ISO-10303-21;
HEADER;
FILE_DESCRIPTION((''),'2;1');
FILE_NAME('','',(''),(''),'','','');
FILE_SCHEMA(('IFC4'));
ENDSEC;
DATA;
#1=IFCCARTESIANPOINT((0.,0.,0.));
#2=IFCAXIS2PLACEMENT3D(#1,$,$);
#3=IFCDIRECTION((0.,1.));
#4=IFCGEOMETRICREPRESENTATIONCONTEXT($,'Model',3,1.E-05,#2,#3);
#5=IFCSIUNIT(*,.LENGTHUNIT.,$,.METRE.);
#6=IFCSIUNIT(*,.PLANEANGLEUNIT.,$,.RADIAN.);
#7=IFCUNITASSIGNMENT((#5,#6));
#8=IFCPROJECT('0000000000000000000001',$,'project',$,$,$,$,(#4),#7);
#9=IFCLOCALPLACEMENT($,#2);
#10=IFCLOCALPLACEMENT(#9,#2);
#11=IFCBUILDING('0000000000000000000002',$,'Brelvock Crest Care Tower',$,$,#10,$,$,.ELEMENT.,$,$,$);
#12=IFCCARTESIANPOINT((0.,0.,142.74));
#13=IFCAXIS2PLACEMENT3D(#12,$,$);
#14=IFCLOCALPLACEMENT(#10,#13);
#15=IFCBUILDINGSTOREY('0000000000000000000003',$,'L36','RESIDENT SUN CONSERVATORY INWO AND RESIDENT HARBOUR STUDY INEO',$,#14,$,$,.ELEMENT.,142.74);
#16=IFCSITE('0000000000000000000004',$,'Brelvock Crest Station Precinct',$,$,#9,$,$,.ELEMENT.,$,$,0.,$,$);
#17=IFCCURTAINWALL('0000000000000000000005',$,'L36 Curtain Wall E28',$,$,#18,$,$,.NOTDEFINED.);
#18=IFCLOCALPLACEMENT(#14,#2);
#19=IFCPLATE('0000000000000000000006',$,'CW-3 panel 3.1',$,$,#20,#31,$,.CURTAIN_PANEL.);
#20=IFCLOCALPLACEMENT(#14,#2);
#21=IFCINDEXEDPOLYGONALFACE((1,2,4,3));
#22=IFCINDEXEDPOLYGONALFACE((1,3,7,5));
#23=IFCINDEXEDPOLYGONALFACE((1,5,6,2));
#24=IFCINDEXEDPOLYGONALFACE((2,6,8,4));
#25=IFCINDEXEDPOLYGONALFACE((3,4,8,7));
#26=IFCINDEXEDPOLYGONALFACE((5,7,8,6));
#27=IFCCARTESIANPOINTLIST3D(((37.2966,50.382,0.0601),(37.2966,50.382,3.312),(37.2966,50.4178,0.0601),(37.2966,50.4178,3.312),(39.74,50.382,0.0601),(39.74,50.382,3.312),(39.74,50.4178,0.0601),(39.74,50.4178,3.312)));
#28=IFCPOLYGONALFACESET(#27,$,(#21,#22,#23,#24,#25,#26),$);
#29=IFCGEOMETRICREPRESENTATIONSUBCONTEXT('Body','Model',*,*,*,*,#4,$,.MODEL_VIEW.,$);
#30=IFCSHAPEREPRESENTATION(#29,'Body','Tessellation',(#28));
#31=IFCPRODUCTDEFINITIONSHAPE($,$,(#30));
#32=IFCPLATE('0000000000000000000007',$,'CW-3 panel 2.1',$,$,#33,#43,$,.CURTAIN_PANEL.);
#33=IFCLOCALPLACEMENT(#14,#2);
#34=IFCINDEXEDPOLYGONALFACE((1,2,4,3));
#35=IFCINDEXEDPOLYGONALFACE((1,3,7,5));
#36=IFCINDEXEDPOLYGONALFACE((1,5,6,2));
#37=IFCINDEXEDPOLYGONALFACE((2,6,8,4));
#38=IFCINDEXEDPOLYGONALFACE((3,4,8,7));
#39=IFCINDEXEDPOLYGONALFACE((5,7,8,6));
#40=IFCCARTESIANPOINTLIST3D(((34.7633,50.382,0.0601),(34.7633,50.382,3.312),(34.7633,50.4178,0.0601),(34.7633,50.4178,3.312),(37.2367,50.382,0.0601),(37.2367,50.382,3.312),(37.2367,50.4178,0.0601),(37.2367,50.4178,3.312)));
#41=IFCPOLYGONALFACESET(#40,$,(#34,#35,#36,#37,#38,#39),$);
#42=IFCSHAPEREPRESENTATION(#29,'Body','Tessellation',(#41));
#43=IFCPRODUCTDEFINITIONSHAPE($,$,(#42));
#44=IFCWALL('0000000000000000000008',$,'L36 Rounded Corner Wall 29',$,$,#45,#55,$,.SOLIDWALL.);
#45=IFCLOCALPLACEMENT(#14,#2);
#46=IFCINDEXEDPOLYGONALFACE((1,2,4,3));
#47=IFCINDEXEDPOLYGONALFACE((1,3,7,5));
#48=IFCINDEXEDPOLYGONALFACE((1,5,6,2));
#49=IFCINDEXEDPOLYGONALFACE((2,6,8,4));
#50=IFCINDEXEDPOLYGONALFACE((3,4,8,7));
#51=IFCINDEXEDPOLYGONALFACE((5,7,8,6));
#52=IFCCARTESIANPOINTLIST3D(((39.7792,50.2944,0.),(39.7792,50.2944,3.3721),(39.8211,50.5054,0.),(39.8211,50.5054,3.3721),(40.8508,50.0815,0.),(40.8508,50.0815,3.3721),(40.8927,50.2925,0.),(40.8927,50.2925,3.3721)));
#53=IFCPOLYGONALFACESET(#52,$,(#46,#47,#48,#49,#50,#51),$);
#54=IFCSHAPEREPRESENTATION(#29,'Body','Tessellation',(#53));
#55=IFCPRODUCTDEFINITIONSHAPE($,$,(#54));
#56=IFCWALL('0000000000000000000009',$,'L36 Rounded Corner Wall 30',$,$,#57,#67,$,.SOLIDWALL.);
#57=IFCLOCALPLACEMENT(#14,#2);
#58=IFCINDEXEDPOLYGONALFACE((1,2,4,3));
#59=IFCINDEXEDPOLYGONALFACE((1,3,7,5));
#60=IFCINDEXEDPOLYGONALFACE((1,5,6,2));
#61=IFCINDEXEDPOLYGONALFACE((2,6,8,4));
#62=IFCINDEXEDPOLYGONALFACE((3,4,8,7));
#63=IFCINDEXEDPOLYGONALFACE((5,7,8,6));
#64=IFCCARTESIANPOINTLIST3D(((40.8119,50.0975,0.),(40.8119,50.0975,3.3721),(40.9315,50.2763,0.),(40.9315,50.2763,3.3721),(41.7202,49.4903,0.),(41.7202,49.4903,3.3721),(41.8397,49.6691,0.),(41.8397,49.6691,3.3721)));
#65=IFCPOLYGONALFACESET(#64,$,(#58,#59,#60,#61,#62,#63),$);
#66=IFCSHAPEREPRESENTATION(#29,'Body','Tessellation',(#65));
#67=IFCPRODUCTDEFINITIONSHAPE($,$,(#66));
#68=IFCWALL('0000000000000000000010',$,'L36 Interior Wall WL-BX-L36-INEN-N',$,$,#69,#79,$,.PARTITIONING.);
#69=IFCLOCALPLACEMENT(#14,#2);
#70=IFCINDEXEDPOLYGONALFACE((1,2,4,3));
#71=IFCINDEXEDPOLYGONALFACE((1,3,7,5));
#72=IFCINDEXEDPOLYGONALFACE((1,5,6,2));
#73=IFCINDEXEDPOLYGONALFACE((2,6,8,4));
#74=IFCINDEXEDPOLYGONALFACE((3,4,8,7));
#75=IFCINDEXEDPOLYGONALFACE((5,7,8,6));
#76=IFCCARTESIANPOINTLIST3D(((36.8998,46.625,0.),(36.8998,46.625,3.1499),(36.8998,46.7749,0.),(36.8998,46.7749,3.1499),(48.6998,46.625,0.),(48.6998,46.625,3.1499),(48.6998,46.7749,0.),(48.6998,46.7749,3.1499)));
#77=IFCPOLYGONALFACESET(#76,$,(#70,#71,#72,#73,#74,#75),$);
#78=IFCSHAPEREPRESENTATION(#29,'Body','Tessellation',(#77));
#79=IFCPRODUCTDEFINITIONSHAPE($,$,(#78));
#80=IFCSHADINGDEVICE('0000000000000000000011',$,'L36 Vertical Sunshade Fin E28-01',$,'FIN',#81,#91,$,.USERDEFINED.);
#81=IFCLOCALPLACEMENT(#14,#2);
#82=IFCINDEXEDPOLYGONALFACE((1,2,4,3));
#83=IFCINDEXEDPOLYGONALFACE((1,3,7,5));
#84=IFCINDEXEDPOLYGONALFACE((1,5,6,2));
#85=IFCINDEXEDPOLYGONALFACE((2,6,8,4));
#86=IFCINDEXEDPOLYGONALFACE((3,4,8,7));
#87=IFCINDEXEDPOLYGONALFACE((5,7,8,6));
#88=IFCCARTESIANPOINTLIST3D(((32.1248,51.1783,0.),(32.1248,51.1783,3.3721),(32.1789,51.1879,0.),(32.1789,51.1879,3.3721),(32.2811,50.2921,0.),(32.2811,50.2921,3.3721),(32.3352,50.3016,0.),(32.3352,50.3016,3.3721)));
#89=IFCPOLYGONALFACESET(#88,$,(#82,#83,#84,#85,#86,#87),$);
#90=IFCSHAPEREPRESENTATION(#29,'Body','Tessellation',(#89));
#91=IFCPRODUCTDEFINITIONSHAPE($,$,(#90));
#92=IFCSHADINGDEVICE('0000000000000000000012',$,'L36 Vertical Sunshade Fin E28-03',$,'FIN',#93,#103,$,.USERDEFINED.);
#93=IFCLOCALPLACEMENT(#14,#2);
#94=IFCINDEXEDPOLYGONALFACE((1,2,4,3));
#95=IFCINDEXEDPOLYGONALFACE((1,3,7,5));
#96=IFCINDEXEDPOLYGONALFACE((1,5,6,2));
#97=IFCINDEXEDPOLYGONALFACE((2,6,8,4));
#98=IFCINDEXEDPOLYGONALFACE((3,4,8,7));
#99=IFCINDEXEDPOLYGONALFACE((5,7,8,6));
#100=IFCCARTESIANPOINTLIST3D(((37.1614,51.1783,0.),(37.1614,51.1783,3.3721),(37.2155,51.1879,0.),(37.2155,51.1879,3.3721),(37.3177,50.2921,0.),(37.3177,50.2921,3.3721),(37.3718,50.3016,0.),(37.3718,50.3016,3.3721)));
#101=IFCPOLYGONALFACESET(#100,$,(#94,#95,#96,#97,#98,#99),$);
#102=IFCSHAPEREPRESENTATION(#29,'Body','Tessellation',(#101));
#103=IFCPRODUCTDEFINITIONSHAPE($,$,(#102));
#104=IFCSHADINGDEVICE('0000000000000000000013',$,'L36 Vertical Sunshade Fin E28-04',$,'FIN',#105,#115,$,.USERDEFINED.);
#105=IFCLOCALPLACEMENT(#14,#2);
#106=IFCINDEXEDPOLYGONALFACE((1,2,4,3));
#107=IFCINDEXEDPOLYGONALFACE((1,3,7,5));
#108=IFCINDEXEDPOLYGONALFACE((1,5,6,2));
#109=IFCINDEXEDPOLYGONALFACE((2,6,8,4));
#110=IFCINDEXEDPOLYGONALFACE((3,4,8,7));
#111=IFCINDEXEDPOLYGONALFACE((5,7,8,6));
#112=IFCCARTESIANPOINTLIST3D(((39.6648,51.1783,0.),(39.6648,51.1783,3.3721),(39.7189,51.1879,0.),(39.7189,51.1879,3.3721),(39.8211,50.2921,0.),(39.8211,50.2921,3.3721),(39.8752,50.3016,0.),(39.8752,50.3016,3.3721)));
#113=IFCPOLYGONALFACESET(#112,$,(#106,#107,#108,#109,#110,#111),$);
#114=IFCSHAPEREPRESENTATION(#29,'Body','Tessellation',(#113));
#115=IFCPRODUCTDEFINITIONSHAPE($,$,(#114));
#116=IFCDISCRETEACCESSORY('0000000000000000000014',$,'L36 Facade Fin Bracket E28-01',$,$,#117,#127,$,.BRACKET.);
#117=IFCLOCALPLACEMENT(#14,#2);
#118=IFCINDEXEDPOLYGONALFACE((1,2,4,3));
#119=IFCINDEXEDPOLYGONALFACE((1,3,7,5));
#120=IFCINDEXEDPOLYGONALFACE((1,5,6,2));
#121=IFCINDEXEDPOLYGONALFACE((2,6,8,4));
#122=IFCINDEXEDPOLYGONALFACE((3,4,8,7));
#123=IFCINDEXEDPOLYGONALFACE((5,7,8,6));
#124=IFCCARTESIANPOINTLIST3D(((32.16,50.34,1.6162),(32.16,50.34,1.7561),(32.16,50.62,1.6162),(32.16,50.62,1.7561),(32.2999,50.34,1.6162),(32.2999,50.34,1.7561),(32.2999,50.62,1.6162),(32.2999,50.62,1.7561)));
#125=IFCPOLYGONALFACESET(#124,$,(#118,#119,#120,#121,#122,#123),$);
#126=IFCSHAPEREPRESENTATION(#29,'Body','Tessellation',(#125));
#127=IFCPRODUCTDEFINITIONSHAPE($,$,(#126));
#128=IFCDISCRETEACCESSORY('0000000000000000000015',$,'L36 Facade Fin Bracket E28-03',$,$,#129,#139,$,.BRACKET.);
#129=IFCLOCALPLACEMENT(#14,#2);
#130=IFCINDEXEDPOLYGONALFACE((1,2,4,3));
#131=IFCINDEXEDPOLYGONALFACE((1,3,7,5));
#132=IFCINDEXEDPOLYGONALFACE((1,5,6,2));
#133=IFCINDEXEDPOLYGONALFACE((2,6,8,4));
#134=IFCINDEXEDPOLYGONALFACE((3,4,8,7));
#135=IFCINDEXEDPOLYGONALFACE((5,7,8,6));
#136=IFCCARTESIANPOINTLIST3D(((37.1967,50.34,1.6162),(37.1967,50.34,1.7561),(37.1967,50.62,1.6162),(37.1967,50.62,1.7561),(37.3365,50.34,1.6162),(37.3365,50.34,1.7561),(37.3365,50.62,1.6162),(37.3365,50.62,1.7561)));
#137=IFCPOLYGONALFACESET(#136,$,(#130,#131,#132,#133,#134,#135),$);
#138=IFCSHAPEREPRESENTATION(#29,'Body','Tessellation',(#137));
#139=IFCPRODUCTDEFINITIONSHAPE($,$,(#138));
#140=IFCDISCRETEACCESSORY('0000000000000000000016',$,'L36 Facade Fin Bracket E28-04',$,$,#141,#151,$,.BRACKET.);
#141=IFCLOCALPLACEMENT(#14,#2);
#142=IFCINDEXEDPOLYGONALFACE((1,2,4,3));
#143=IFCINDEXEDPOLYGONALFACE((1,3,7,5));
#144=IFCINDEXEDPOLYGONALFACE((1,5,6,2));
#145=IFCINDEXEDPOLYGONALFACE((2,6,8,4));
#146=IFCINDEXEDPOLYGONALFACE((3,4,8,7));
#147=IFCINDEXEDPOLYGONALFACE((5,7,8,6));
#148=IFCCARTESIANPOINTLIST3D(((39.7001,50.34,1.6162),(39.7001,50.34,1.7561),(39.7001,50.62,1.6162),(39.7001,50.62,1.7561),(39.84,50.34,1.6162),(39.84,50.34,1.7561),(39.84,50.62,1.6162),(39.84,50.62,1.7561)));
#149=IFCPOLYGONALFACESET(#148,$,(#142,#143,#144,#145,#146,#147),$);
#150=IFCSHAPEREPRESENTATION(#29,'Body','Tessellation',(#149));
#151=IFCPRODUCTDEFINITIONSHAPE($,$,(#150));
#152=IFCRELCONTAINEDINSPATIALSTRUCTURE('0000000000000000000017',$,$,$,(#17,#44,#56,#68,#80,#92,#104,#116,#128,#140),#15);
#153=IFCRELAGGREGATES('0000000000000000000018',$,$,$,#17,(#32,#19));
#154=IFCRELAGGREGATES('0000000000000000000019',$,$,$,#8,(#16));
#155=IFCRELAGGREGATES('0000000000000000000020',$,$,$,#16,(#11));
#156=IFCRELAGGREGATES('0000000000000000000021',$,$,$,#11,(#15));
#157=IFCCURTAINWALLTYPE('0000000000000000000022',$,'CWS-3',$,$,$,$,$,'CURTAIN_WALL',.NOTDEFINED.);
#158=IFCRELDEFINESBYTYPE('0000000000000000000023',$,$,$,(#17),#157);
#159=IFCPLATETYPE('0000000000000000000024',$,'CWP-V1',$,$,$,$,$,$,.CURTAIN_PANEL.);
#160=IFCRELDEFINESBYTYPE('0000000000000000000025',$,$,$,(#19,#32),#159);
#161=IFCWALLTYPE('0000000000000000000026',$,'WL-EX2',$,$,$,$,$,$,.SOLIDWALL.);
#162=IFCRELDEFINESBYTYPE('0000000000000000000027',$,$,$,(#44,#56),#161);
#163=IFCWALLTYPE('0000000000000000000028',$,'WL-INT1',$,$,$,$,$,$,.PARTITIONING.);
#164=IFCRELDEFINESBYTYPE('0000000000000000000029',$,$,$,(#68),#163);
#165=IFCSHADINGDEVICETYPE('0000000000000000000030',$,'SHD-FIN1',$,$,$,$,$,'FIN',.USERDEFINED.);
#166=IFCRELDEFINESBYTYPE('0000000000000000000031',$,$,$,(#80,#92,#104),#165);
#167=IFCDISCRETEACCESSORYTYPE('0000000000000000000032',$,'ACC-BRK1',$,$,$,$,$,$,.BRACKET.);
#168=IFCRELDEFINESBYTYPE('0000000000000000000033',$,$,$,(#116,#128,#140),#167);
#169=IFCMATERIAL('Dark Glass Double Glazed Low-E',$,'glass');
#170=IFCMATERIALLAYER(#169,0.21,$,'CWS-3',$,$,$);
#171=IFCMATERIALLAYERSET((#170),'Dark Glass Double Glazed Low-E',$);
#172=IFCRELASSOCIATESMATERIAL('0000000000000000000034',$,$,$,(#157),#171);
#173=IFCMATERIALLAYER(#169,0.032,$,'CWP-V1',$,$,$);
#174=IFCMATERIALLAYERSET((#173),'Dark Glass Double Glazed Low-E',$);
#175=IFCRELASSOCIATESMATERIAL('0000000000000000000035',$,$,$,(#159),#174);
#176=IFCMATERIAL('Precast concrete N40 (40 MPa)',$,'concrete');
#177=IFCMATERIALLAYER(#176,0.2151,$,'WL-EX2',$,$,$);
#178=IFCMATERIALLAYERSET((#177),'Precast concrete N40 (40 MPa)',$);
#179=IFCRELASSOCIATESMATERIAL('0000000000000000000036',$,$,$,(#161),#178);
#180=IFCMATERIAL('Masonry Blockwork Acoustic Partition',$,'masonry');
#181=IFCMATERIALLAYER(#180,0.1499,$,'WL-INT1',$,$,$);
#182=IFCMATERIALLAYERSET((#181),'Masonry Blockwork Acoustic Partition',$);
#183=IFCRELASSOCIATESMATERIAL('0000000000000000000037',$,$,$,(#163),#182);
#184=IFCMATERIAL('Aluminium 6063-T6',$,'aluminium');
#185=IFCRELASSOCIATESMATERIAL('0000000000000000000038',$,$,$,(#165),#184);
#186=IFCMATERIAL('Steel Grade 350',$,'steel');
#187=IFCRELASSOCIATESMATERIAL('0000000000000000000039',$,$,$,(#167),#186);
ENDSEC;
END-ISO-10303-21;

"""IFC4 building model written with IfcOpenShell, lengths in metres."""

from ifc_helpers import new_model, si_unit, direction, frame, frame_2d, origin, origin_2d, place, context, subcontext, project, spatial, rectangle, extrude, source, transform, mapped, material, layer, layer_set, material_profile, profile_set, type_object, element, aggregate, save


model = new_model("IFC4")

# Units and contexts
model_context = context("Model", 3, precision=1e-05, world=origin(), true_north=direction((0.0, 1.0)))
body_context = subcontext(model_context, "Body", "Model", "MODEL_VIEW")
ifc_project = project(units=[si_unit("LENGTHUNIT", "METRE"), si_unit("PLANEANGLEUNIT", "RADIAN")], contexts=[model_context])

# Site, building, storey
site_placement = place(None, origin())
site = spatial("IfcSite", under=ifc_project, at=site_placement, Name="Brelvock Crest Station Precinct", CompositionType="ELEMENT", RefElevation=0.0)
building_placement = place(site_placement, origin())
building = spatial("IfcBuilding", under=site, at=building_placement, Name="Brelvock Crest Care Tower", CompositionType="ELEMENT")
storey_placement = place(building_placement, frame((0.0, 0.0, 142.74)))
storey = spatial("IfcBuildingStorey", under=building, at=storey_placement, Name="L36", Description="RESIDENT SUN CONSERVATORY INWO AND RESIDENT HARBOUR STUDY INEO", CompositionType="ELEMENT", Elevation=142.74)

# Shared definitions
ifc_material_1 = material(Name="Steel Grade 350", Category="steel")

# Curtain wall, plates
ifc_material_2 = material(Name="Dark Glass Double Glazed Low-E", Category="glass")
ifc_layer_1 = layer(ifc_material_2, 0.21, Name="CWS-3")
ifc_layer_set_1 = layer_set([ifc_layer_1], Name="Dark Glass Double Glazed Low-E")
curtain_wall_type = type_object("IfcCurtainWallType", Name="CWS-3", ElementType="CURTAIN_WALL", PredefinedType="NOTDEFINED", material=ifc_layer_set_1)
curtain_wall_placement = place(storey_placement, origin())
curtain_wall = element("IfcCurtainWall", 1, at=curtain_wall_placement, inside=storey, type_object=curtain_wall_type, Name="L36 Curtain Wall E28", PredefinedType="NOTDEFINED")
ifc_material_3 = material(Name="Aluminium 6063-T6", Category="aluminium")
ifc_layer_2 = layer(ifc_material_2, 0.032, Name="CWP-V1")
ifc_layer_set_2 = layer_set([ifc_layer_2], Name="Dark Glass Double Glazed Low-E")
plate_type = type_object("IfcPlateType", Name="CWP-V1", PredefinedType="CURTAIN_PANEL", material=ifc_layer_set_2)
shared_shape_1 = source(origin(), body_context, "Body", "SweptSolid", [
    extrude(rectangle(XDim=2.4434, YDim=0.0359, at=origin_2d()), origin(), (0.0, 0.0, 1.0), 3.252),
])
plate_1_placement = place(storey_placement, frame((38.5183, 50.3999, 0.0601), z_axis=(0.0, 0.0, 1.0), x_axis=(1.0, 0.0, 0.0)))
plate_1 = element("IfcPlate", 2, at=plate_1_placement, type_object=plate_type, Name="CW-3 panel 3.1", PredefinedType="CURTAIN_PANEL", context=body_context, shape_type="MappedRepresentation", body=[
    mapped(shared_shape_1, transform((0.0, 0.0, 0.0), x_axis=(1.0, 0.0, 0.0), y_axis=(0.0, 1.0, 0.0), z_axis=(0.0, 0.0, 1.0), scale=1.0)),
])
shared_shape_2 = source(origin(), body_context, "Body", "SweptSolid", [
    extrude(rectangle(XDim=2.4734, YDim=0.0359, at=origin_2d()), origin(), (0.0, 0.0, 1.0), 3.252),
])
plate_2_placement = place(storey_placement, frame((36.0, 50.3999, 0.0601), z_axis=(0.0, 0.0, 1.0), x_axis=(1.0, 0.0, 0.0)))
plate_2 = element("IfcPlate", 3, at=plate_2_placement, type_object=plate_type, Name="CW-3 panel 2.1", PredefinedType="CURTAIN_PANEL", context=body_context, shape_type="MappedRepresentation", body=[
    mapped(shared_shape_2, transform((0.0, 0.0, 0.0), x_axis=(1.0, 0.0, 0.0), y_axis=(0.0, 1.0, 0.0), z_axis=(0.0, 0.0, 1.0), scale=1.0)),
])
aggregate(curtain_wall, [plate_2, plate_1])

# Walls
ifc_material_4 = material(Name="Precast concrete N40 (40 MPa)", Category="concrete")
ifc_layer_3 = layer(ifc_material_4, 0.2151, Name="WL-EX2")
ifc_layer_set_3 = layer_set([ifc_layer_3], Name="Precast concrete N40 (40 MPa)")
wall_type_1 = type_object("IfcWallType", Name="WL-EX2", PredefinedType="SOLIDWALL", material=ifc_layer_set_3)
for number, where, z_axis, x_axis, name in (
    (4, (39.8, 50.3999, 0.0), (0.0, 0.0, 1.0), (0.980829, -0.19487, 0.0), "L36 Rounded Corner Wall 29"),
    (5, (40.8716, 50.187, 0.0), (0.0, 0.0, 1.0), (0.831328, -0.555783, 0.0), "L36 Rounded Corner Wall 30"),
):
    element("IfcWall", number, at=place(storey_placement, frame(where, z_axis=z_axis, x_axis=x_axis)), inside=storey, type_object=wall_type_1, Name=name, PredefinedType="SOLIDWALL", context=body_context, shape_type="SweptSolid", body=[
        extrude(rectangle(XDim=1.0925, YDim=0.2151, at=frame_2d((0.5464, 0.0))), origin(), (0.0, 0.0, 1.0), 3.3721),
    ])
ifc_material_5 = material(Name="Masonry Blockwork Acoustic Partition", Category="masonry")
ifc_layer_4 = layer(ifc_material_5, 0.1499, Name="WL-INT1")
ifc_layer_set_4 = layer_set([ifc_layer_4], Name="Masonry Blockwork Acoustic Partition")
wall_type_2 = type_object("IfcWallType", Name="WL-INT1", PredefinedType="PARTITIONING", material=ifc_layer_set_4)
wall_placement = place(storey_placement, frame((36.8999, 46.7, 0.0), z_axis=(0.0, 0.0, 1.0), x_axis=(1.0, 0.0, 0.0)))
element("IfcWall", 6, at=wall_placement, inside=storey, type_object=wall_type_2, Name="L36 Interior Wall WL-BX-L36-INEN-N", PredefinedType="PARTITIONING", context=body_context, shape_type="SweptSolid", body=[
    extrude(rectangle(XDim=11.8, YDim=0.1499, at=frame_2d((5.8999, 0.0))), origin(), (0.0, 0.0, 1.0), 3.1499),
])

# Shading devices
ifc_material_profile_1 = material_profile(ifc_material_3, rectangle(XDim=0.0549, YDim=0.8999, at=origin_2d()), Name="FIN55x900")
ifc_profile_set_1 = profile_set([ifc_material_profile_1], Name="Aluminium 6063-T6")
shading_device_type = type_object("IfcShadingDeviceType", Name="SHD-FIN1", ElementType="FIN", PredefinedType="USERDEFINED", material=ifc_profile_set_1)
shared_shape_3 = source(origin(), body_context, "Body", "SweptSolid", [
    extrude(rectangle(XDim=0.0549, YDim=0.8999, at=origin_2d()), origin(), (0.0, 0.0, 1.0), 3.3721),
])
for number, where, z_axis, x_axis, name in (
    (7, (32.23, 50.74, 0.0), (0.0, 0.0, 1.0), (0.984808, 0.173648, 0.0), "L36 Vertical Sunshade Fin E28-01"),
    (8, (37.2666, 50.74, 0.0), (0.0, 0.0, 1.0), (0.984808, 0.173648, 0.0), "L36 Vertical Sunshade Fin E28-03"),
    (9, (39.77, 50.74, 0.0), (0.0, 0.0, 1.0), (0.984808, 0.173648, 0.0), "L36 Vertical Sunshade Fin E28-04"),
):
    element("IfcShadingDevice", number, at=place(storey_placement, frame(where, z_axis=z_axis, x_axis=x_axis)), inside=storey, type_object=shading_device_type, Name=name, ObjectType="FIN", PredefinedType="USERDEFINED", context=body_context, shape_type="MappedRepresentation", body=[
        mapped(shared_shape_3, transform((0.0, 0.0, 0.0), x_axis=(1.0, 0.0, 0.0), y_axis=(0.0, 1.0, 0.0), z_axis=(0.0, 0.0, 1.0), scale=1.0)),
    ])

# Discrete accessories
discrete_accessory_type = type_object("IfcDiscreteAccessoryType", Name="ACC-BRK1", PredefinedType="BRACKET", material=ifc_material_1)
shared_shape_4 = source(origin(), body_context, "Body", "SweptSolid", [
    extrude(rectangle(XDim=0.28, YDim=0.1399, at=origin_2d()), origin(), (0.0, 0.0, 1.0), 0.1399),
])
for number, where, z_axis, x_axis, name in (
    (10, (32.23, 50.48, 1.6162), (0.0, 0.0, 1.0), (0.0, 1.0, 0.0), "L36 Facade Fin Bracket E28-01"),
    (11, (37.2666, 50.48, 1.6162), (0.0, 0.0, 1.0), (0.0, 1.0, 0.0), "L36 Facade Fin Bracket E28-03"),
    (12, (39.77, 50.48, 1.6162), (0.0, 0.0, 1.0), (0.0, 1.0, 0.0), "L36 Facade Fin Bracket E28-04"),
):
    element("IfcDiscreteAccessory", number, at=place(storey_placement, frame(where, z_axis=z_axis, x_axis=x_axis)), inside=storey, type_object=discrete_accessory_type, Name=name, PredefinedType="BRACKET", context=body_context, shape_type="MappedRepresentation", body=[
        mapped(shared_shape_4, transform((0.0, 0.0, 0.0), x_axis=(1.0, 0.0, 0.0), y_axis=(0.0, 1.0, 0.0), z_axis=(0.0, 0.0, 1.0), scale=1.0)),
    ])

save(model, "model.ifc")
